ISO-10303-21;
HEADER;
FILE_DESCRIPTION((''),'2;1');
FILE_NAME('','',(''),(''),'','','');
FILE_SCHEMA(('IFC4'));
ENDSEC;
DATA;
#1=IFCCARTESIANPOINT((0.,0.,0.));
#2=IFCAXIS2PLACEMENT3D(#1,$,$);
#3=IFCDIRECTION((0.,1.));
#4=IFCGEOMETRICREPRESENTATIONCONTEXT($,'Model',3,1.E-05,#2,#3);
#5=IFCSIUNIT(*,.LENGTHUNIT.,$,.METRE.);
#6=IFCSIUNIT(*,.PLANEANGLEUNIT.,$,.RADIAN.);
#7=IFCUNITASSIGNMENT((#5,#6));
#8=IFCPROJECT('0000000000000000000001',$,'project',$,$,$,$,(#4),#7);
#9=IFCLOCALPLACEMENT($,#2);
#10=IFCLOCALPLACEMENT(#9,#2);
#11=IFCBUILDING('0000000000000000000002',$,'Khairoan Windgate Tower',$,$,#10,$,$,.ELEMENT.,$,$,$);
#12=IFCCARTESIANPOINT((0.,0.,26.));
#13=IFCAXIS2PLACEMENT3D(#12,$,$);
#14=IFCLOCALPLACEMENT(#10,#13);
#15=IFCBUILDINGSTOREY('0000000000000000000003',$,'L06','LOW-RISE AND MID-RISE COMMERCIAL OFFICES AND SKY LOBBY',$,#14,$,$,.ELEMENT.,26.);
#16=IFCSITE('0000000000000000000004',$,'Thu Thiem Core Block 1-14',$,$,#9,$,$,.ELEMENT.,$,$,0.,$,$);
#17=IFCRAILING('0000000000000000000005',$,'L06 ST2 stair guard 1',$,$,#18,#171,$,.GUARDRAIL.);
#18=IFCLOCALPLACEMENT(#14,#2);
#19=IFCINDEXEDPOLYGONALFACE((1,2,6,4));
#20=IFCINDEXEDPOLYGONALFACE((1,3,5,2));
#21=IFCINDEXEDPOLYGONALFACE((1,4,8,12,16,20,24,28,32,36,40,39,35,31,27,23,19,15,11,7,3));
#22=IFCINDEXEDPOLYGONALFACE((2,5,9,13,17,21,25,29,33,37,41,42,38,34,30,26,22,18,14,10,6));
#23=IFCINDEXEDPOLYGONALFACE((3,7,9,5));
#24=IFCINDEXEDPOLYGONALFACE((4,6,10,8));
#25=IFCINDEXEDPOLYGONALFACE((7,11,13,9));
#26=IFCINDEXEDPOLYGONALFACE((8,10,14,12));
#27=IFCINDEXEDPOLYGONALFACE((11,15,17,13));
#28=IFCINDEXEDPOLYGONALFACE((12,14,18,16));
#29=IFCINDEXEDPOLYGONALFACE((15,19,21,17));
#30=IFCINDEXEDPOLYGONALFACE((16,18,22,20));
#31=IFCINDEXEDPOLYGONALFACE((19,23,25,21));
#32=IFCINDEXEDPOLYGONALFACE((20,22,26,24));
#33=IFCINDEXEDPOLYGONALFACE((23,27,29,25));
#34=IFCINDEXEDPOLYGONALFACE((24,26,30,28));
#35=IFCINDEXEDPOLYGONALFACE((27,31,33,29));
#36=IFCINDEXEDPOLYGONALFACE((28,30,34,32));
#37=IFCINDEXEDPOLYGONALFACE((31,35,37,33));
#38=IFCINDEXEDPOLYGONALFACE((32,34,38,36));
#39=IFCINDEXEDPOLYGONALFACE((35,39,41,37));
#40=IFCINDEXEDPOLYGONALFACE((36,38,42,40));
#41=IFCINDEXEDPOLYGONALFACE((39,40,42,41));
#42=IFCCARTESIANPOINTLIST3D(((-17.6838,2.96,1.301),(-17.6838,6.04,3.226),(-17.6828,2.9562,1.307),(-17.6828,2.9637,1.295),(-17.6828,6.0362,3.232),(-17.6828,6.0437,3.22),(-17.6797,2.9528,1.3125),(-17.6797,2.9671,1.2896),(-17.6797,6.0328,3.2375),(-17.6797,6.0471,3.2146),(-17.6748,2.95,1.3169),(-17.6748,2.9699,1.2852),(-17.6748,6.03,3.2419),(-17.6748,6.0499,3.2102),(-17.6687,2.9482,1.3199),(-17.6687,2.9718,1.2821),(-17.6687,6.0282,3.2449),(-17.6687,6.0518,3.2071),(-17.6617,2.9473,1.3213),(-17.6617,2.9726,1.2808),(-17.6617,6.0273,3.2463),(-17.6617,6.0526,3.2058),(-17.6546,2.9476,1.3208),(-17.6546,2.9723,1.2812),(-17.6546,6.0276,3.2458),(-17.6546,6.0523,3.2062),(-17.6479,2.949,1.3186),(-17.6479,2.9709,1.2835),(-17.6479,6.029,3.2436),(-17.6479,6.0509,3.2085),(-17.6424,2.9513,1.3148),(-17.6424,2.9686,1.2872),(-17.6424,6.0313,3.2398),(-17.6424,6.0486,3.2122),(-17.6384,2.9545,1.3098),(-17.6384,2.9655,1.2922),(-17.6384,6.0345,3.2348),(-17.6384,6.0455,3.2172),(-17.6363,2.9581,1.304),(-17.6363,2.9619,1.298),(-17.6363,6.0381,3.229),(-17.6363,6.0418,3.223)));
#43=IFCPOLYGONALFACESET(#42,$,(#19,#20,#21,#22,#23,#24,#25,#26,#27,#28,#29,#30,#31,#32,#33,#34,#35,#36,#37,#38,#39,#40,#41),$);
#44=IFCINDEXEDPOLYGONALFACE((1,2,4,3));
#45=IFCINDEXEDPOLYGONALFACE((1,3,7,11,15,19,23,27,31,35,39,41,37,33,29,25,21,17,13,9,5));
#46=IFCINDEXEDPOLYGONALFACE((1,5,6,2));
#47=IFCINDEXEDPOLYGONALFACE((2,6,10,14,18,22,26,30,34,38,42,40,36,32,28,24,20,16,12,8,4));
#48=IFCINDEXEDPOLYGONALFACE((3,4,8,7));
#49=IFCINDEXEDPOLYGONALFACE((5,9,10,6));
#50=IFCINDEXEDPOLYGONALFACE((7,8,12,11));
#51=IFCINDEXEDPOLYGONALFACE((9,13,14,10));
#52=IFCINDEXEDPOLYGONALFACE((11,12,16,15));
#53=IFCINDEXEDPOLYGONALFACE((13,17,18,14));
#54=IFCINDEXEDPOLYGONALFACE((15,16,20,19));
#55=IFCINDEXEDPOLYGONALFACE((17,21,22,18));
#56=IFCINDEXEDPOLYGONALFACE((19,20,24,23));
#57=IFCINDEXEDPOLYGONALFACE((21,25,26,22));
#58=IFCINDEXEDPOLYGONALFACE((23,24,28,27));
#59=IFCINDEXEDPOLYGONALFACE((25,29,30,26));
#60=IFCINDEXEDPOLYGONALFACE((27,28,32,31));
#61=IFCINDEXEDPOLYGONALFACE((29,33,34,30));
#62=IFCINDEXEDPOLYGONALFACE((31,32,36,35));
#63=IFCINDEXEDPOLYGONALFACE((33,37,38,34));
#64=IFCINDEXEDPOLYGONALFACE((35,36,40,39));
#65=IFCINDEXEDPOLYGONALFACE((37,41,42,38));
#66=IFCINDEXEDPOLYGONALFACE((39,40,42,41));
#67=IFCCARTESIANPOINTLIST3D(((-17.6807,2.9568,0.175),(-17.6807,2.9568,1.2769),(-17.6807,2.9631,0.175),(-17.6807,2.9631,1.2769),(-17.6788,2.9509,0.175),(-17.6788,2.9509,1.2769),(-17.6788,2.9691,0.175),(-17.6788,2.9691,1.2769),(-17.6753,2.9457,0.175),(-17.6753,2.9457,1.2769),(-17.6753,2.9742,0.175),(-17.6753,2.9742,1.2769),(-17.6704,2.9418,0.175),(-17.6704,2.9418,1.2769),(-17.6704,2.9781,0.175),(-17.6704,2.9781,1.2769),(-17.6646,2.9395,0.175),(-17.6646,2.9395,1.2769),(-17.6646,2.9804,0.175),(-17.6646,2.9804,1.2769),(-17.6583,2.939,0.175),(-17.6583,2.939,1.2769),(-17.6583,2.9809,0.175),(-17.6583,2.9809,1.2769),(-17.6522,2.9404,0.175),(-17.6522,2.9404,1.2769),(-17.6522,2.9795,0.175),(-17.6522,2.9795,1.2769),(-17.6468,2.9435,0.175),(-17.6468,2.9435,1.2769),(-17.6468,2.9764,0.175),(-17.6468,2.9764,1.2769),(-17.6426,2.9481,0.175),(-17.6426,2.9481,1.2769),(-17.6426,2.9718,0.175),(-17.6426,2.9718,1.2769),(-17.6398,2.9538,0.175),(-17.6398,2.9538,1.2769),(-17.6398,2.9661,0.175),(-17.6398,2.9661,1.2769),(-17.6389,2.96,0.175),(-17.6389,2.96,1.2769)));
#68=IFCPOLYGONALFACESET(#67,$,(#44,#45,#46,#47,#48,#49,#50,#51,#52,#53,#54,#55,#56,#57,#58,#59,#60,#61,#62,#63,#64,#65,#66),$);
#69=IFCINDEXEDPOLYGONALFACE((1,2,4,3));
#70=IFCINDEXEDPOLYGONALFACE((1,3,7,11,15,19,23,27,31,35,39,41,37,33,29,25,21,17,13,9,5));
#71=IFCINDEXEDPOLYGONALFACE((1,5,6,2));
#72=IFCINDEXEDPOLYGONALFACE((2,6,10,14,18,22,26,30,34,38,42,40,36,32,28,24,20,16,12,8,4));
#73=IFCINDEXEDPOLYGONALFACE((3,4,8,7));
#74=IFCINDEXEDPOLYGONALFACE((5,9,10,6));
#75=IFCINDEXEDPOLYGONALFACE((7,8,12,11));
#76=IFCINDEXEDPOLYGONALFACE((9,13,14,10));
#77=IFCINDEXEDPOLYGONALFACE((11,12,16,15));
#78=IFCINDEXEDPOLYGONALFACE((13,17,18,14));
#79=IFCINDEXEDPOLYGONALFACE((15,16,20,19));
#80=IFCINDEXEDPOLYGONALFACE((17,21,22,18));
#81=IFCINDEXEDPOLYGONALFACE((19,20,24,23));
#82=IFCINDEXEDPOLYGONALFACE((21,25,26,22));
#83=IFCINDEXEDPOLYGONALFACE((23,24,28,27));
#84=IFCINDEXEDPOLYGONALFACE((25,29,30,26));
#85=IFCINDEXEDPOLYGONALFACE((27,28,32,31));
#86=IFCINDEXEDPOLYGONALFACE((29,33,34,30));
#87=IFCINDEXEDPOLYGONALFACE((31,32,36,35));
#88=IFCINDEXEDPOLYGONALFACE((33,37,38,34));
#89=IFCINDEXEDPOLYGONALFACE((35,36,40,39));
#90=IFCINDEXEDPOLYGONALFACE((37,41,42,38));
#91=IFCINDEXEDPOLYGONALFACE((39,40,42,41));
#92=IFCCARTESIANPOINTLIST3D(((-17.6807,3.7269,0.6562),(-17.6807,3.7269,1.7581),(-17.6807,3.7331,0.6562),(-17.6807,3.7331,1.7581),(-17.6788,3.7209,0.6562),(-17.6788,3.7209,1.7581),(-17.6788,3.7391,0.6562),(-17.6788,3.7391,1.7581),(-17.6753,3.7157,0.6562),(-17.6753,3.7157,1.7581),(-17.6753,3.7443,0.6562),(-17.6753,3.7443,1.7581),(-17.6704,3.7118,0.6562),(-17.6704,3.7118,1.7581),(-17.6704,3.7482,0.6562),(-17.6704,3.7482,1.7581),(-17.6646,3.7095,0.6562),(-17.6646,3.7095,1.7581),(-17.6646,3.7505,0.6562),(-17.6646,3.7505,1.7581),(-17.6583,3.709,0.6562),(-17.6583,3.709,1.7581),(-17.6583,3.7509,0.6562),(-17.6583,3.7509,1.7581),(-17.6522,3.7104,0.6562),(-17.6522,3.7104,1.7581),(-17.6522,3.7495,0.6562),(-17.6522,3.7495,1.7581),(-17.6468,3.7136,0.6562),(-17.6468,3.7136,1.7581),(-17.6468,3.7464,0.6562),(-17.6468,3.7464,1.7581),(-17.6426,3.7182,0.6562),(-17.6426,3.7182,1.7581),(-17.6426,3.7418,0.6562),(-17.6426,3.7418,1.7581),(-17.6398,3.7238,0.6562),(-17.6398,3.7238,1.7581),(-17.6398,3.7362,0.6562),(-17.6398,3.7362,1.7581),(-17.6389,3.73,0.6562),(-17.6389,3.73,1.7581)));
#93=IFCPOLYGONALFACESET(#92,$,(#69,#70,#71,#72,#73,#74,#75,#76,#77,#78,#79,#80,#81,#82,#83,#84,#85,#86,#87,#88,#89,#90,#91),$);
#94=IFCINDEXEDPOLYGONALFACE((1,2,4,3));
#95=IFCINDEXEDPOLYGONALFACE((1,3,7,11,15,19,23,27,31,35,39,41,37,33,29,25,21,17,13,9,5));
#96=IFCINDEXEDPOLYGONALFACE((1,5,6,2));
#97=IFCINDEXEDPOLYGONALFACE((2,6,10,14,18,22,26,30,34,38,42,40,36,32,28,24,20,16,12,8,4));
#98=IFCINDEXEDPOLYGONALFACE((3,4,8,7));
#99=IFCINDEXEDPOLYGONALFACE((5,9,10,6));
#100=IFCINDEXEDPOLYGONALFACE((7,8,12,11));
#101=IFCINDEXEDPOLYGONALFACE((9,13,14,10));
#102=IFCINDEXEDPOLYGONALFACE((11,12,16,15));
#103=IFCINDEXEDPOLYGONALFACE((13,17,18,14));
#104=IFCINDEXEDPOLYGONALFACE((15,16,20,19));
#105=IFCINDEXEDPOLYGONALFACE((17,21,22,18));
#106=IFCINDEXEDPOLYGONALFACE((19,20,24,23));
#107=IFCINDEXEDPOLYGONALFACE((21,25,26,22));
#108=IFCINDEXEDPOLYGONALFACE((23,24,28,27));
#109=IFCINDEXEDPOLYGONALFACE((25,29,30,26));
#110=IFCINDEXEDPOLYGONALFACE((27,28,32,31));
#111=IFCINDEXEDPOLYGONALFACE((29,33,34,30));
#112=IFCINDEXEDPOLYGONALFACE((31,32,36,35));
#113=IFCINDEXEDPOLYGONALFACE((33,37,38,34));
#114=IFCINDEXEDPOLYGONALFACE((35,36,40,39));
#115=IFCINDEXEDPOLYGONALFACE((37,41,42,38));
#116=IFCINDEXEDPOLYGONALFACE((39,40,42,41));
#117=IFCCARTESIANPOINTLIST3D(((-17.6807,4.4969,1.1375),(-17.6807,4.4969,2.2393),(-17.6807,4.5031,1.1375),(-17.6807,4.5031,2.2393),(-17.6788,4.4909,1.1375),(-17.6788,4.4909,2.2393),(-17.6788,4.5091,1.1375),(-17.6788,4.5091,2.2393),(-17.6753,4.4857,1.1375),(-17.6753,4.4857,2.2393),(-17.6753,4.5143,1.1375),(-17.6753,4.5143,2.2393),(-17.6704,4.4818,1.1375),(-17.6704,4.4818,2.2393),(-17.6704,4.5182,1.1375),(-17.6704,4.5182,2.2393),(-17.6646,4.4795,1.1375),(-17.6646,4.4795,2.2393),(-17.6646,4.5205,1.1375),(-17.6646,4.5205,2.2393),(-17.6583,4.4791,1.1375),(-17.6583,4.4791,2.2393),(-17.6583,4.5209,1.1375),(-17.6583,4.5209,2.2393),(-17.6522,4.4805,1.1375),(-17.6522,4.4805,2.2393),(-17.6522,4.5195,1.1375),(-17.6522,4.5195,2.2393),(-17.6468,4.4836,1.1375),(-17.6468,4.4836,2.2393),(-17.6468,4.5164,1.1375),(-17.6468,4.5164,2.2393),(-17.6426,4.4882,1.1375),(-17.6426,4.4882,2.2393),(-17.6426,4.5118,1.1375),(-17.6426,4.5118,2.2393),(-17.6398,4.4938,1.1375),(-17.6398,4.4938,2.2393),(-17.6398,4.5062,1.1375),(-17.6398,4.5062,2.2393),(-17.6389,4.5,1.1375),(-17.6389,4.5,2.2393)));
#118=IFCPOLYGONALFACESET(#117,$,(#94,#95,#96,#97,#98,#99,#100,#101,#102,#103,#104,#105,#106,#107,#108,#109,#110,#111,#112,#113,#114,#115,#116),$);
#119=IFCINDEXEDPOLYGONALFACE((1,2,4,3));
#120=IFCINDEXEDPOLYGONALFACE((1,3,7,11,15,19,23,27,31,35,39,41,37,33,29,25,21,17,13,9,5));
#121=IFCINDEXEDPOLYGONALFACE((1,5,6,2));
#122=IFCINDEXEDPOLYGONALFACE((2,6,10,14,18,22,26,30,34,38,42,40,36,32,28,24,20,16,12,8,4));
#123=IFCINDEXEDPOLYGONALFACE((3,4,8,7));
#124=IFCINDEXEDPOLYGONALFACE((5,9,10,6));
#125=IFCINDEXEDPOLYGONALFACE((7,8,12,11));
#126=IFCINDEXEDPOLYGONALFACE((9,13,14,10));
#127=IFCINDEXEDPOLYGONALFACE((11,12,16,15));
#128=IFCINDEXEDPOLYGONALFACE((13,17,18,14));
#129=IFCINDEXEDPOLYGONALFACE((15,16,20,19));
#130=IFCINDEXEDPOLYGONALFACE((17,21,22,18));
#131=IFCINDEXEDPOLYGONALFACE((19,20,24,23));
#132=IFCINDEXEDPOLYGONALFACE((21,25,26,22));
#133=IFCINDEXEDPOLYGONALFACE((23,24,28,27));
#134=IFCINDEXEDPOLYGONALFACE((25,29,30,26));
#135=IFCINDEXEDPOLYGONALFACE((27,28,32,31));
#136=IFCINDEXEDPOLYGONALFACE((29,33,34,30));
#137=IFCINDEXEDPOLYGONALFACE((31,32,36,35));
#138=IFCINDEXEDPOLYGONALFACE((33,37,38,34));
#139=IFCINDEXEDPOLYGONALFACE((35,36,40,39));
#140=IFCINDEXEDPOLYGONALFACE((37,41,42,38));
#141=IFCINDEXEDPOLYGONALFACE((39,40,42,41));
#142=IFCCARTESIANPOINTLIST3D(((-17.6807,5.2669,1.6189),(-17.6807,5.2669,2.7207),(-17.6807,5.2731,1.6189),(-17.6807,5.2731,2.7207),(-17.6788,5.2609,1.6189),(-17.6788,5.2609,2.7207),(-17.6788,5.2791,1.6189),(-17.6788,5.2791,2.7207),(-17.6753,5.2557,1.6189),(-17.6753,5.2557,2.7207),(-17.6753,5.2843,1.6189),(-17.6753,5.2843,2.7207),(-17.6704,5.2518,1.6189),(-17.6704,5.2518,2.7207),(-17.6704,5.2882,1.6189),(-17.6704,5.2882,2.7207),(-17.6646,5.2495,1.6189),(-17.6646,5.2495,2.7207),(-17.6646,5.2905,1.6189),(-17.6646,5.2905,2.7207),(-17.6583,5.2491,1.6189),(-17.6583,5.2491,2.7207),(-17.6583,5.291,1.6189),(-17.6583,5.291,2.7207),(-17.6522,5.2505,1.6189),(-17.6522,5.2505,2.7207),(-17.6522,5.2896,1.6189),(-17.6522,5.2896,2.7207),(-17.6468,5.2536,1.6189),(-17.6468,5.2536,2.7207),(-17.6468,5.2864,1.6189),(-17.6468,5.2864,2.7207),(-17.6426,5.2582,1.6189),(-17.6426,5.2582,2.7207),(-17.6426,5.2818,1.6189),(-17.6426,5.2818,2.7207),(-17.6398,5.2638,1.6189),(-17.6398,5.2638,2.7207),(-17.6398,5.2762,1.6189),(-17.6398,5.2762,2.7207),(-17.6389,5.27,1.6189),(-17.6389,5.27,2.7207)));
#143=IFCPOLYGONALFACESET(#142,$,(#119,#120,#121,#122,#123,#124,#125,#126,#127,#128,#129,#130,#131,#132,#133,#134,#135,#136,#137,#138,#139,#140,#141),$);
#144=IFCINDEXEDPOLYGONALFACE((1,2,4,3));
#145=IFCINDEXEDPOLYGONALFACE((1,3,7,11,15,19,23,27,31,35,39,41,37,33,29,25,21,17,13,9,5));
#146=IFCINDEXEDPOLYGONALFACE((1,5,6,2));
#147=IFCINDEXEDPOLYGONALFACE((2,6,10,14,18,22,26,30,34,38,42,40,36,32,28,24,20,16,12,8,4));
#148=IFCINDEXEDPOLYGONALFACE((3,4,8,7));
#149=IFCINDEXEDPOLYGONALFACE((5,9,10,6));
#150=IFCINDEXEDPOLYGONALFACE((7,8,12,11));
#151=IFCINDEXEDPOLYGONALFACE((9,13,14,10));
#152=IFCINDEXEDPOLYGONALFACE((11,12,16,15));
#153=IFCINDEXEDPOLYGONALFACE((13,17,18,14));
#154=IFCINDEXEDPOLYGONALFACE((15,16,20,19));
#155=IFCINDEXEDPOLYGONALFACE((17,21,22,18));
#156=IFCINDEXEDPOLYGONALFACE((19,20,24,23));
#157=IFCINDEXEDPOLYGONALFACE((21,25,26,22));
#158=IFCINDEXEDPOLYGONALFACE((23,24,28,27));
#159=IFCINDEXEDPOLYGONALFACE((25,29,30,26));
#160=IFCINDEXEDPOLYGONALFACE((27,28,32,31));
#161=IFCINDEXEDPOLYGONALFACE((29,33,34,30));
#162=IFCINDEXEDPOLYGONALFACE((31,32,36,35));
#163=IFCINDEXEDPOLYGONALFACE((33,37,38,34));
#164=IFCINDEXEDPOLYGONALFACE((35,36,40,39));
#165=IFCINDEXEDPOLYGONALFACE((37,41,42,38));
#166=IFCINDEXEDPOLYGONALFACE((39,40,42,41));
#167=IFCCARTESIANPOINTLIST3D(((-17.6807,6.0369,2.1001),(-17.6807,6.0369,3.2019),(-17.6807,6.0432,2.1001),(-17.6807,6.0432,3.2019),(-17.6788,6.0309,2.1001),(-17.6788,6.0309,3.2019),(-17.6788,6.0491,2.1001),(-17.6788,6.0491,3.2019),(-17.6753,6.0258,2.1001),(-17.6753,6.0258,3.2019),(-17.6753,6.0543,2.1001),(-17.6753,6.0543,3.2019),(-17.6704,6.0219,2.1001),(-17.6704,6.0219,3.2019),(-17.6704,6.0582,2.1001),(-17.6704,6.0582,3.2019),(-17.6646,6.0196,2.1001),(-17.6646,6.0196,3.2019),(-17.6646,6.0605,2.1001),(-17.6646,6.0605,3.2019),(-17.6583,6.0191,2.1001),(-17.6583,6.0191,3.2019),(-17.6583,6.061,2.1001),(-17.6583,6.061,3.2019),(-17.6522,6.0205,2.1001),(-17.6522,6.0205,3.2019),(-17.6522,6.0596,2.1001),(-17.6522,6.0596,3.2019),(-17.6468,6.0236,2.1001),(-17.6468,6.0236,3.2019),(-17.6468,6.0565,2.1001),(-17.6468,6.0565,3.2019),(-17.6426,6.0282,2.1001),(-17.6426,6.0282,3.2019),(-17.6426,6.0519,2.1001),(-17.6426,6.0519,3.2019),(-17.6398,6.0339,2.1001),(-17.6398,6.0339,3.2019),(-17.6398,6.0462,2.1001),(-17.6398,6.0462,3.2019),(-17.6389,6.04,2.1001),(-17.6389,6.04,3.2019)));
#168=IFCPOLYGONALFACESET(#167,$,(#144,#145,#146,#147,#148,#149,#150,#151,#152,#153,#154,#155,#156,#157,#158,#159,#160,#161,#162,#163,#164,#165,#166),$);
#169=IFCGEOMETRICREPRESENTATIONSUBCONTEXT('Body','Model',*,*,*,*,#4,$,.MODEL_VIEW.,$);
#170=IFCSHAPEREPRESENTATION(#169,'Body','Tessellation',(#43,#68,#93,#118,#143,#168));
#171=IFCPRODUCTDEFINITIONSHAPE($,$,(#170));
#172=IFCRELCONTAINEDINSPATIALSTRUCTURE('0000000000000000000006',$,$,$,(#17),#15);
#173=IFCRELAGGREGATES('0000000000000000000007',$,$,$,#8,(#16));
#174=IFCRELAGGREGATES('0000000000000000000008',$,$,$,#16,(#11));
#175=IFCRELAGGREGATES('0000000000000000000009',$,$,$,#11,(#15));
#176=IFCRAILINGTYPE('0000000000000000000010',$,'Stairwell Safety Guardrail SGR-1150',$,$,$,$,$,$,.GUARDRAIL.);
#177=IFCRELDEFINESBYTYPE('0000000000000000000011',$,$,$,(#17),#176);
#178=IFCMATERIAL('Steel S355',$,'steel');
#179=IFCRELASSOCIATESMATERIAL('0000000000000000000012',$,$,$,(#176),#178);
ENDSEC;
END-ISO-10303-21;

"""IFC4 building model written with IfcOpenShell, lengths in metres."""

from ifc_helpers import new_model, si_unit, direction, frame, origin, origin_2d, place, context, subcontext, project, spatial, circle, extrude, material, type_object, element, save


model = new_model("IFC4")

# Units and contexts
model_context = context("Model", 3, precision=1e-05, world=origin(), true_north=direction((0.0, 1.0)))
body_context = subcontext(model_context, "Body", "Model", "MODEL_VIEW")
ifc_project = project(units=[si_unit("LENGTHUNIT", "METRE"), si_unit("PLANEANGLEUNIT", "RADIAN")], contexts=[model_context])

# Site, building, storey
site_placement = place(None, origin())
site = spatial("IfcSite", under=ifc_project, at=site_placement, Name="Thu Thiem Core Block 1-14", CompositionType="ELEMENT", RefElevation=0.0)
building_placement = place(site_placement, origin())
building = spatial("IfcBuilding", under=site, at=building_placement, Name="Khairoan Windgate Tower", CompositionType="ELEMENT")
storey_placement = place(building_placement, frame((0.0, 0.0, 26.0)))
storey = spatial("IfcBuildingStorey", under=building, at=storey_placement, Name="L06", Description="LOW-RISE AND MID-RISE COMMERCIAL OFFICES AND SKY LOBBY", CompositionType="ELEMENT", Elevation=26.0)

# Railing
ifc_material_1 = material(Name="Steel S355", Category="steel")
railing_type_1 = type_object("IfcRailingType", Name="Stairwell Safety Guardrail SGR-1150", PredefinedType="GUARDRAIL", material=ifc_material_1)
railing_1_placement = place(storey_placement, frame((-17.6599, 2.96, 0.175)))
element("IfcRailing", 1, at=railing_1_placement, inside=storey, type_object=railing_type_1, Name="L06 ST2 stair guard 1", PredefinedType="GUARDRAIL", context=body_context, shape_type="SweptSolid", body=[
    extrude(circle(Radius=0.0239, at=origin_2d()), frame((0.0, 0.0, 1.126), z_axis=(0.0, 0.847998, 0.529999), x_axis=(-1.0, 0.0, 0.0)), (0.0, 0.0, 1.0), 3.6321),
    extrude(circle(Radius=0.021, at=origin_2d()), origin(), (0.0, 0.0, 1.0), 1.1018),
    extrude(circle(Radius=0.021, at=origin_2d()), frame((0.0, 0.77, 0.4812)), (0.0, 0.0, 1.0), 1.1018),
    extrude(circle(Radius=0.021, at=origin_2d()), frame((0.0, 1.54, 0.9624)), (0.0, 0.0, 1.0), 1.1018),
    extrude(circle(Radius=0.021, at=origin_2d()), frame((0.0, 2.3101, 1.4438)), (0.0, 0.0, 1.0), 1.1018),
    extrude(circle(Radius=0.021, at=origin_2d()), frame((0.0, 3.0801, 1.925)), (0.0, 0.0, 1.0), 1.1018),
])

save(model, "model.ifc")
